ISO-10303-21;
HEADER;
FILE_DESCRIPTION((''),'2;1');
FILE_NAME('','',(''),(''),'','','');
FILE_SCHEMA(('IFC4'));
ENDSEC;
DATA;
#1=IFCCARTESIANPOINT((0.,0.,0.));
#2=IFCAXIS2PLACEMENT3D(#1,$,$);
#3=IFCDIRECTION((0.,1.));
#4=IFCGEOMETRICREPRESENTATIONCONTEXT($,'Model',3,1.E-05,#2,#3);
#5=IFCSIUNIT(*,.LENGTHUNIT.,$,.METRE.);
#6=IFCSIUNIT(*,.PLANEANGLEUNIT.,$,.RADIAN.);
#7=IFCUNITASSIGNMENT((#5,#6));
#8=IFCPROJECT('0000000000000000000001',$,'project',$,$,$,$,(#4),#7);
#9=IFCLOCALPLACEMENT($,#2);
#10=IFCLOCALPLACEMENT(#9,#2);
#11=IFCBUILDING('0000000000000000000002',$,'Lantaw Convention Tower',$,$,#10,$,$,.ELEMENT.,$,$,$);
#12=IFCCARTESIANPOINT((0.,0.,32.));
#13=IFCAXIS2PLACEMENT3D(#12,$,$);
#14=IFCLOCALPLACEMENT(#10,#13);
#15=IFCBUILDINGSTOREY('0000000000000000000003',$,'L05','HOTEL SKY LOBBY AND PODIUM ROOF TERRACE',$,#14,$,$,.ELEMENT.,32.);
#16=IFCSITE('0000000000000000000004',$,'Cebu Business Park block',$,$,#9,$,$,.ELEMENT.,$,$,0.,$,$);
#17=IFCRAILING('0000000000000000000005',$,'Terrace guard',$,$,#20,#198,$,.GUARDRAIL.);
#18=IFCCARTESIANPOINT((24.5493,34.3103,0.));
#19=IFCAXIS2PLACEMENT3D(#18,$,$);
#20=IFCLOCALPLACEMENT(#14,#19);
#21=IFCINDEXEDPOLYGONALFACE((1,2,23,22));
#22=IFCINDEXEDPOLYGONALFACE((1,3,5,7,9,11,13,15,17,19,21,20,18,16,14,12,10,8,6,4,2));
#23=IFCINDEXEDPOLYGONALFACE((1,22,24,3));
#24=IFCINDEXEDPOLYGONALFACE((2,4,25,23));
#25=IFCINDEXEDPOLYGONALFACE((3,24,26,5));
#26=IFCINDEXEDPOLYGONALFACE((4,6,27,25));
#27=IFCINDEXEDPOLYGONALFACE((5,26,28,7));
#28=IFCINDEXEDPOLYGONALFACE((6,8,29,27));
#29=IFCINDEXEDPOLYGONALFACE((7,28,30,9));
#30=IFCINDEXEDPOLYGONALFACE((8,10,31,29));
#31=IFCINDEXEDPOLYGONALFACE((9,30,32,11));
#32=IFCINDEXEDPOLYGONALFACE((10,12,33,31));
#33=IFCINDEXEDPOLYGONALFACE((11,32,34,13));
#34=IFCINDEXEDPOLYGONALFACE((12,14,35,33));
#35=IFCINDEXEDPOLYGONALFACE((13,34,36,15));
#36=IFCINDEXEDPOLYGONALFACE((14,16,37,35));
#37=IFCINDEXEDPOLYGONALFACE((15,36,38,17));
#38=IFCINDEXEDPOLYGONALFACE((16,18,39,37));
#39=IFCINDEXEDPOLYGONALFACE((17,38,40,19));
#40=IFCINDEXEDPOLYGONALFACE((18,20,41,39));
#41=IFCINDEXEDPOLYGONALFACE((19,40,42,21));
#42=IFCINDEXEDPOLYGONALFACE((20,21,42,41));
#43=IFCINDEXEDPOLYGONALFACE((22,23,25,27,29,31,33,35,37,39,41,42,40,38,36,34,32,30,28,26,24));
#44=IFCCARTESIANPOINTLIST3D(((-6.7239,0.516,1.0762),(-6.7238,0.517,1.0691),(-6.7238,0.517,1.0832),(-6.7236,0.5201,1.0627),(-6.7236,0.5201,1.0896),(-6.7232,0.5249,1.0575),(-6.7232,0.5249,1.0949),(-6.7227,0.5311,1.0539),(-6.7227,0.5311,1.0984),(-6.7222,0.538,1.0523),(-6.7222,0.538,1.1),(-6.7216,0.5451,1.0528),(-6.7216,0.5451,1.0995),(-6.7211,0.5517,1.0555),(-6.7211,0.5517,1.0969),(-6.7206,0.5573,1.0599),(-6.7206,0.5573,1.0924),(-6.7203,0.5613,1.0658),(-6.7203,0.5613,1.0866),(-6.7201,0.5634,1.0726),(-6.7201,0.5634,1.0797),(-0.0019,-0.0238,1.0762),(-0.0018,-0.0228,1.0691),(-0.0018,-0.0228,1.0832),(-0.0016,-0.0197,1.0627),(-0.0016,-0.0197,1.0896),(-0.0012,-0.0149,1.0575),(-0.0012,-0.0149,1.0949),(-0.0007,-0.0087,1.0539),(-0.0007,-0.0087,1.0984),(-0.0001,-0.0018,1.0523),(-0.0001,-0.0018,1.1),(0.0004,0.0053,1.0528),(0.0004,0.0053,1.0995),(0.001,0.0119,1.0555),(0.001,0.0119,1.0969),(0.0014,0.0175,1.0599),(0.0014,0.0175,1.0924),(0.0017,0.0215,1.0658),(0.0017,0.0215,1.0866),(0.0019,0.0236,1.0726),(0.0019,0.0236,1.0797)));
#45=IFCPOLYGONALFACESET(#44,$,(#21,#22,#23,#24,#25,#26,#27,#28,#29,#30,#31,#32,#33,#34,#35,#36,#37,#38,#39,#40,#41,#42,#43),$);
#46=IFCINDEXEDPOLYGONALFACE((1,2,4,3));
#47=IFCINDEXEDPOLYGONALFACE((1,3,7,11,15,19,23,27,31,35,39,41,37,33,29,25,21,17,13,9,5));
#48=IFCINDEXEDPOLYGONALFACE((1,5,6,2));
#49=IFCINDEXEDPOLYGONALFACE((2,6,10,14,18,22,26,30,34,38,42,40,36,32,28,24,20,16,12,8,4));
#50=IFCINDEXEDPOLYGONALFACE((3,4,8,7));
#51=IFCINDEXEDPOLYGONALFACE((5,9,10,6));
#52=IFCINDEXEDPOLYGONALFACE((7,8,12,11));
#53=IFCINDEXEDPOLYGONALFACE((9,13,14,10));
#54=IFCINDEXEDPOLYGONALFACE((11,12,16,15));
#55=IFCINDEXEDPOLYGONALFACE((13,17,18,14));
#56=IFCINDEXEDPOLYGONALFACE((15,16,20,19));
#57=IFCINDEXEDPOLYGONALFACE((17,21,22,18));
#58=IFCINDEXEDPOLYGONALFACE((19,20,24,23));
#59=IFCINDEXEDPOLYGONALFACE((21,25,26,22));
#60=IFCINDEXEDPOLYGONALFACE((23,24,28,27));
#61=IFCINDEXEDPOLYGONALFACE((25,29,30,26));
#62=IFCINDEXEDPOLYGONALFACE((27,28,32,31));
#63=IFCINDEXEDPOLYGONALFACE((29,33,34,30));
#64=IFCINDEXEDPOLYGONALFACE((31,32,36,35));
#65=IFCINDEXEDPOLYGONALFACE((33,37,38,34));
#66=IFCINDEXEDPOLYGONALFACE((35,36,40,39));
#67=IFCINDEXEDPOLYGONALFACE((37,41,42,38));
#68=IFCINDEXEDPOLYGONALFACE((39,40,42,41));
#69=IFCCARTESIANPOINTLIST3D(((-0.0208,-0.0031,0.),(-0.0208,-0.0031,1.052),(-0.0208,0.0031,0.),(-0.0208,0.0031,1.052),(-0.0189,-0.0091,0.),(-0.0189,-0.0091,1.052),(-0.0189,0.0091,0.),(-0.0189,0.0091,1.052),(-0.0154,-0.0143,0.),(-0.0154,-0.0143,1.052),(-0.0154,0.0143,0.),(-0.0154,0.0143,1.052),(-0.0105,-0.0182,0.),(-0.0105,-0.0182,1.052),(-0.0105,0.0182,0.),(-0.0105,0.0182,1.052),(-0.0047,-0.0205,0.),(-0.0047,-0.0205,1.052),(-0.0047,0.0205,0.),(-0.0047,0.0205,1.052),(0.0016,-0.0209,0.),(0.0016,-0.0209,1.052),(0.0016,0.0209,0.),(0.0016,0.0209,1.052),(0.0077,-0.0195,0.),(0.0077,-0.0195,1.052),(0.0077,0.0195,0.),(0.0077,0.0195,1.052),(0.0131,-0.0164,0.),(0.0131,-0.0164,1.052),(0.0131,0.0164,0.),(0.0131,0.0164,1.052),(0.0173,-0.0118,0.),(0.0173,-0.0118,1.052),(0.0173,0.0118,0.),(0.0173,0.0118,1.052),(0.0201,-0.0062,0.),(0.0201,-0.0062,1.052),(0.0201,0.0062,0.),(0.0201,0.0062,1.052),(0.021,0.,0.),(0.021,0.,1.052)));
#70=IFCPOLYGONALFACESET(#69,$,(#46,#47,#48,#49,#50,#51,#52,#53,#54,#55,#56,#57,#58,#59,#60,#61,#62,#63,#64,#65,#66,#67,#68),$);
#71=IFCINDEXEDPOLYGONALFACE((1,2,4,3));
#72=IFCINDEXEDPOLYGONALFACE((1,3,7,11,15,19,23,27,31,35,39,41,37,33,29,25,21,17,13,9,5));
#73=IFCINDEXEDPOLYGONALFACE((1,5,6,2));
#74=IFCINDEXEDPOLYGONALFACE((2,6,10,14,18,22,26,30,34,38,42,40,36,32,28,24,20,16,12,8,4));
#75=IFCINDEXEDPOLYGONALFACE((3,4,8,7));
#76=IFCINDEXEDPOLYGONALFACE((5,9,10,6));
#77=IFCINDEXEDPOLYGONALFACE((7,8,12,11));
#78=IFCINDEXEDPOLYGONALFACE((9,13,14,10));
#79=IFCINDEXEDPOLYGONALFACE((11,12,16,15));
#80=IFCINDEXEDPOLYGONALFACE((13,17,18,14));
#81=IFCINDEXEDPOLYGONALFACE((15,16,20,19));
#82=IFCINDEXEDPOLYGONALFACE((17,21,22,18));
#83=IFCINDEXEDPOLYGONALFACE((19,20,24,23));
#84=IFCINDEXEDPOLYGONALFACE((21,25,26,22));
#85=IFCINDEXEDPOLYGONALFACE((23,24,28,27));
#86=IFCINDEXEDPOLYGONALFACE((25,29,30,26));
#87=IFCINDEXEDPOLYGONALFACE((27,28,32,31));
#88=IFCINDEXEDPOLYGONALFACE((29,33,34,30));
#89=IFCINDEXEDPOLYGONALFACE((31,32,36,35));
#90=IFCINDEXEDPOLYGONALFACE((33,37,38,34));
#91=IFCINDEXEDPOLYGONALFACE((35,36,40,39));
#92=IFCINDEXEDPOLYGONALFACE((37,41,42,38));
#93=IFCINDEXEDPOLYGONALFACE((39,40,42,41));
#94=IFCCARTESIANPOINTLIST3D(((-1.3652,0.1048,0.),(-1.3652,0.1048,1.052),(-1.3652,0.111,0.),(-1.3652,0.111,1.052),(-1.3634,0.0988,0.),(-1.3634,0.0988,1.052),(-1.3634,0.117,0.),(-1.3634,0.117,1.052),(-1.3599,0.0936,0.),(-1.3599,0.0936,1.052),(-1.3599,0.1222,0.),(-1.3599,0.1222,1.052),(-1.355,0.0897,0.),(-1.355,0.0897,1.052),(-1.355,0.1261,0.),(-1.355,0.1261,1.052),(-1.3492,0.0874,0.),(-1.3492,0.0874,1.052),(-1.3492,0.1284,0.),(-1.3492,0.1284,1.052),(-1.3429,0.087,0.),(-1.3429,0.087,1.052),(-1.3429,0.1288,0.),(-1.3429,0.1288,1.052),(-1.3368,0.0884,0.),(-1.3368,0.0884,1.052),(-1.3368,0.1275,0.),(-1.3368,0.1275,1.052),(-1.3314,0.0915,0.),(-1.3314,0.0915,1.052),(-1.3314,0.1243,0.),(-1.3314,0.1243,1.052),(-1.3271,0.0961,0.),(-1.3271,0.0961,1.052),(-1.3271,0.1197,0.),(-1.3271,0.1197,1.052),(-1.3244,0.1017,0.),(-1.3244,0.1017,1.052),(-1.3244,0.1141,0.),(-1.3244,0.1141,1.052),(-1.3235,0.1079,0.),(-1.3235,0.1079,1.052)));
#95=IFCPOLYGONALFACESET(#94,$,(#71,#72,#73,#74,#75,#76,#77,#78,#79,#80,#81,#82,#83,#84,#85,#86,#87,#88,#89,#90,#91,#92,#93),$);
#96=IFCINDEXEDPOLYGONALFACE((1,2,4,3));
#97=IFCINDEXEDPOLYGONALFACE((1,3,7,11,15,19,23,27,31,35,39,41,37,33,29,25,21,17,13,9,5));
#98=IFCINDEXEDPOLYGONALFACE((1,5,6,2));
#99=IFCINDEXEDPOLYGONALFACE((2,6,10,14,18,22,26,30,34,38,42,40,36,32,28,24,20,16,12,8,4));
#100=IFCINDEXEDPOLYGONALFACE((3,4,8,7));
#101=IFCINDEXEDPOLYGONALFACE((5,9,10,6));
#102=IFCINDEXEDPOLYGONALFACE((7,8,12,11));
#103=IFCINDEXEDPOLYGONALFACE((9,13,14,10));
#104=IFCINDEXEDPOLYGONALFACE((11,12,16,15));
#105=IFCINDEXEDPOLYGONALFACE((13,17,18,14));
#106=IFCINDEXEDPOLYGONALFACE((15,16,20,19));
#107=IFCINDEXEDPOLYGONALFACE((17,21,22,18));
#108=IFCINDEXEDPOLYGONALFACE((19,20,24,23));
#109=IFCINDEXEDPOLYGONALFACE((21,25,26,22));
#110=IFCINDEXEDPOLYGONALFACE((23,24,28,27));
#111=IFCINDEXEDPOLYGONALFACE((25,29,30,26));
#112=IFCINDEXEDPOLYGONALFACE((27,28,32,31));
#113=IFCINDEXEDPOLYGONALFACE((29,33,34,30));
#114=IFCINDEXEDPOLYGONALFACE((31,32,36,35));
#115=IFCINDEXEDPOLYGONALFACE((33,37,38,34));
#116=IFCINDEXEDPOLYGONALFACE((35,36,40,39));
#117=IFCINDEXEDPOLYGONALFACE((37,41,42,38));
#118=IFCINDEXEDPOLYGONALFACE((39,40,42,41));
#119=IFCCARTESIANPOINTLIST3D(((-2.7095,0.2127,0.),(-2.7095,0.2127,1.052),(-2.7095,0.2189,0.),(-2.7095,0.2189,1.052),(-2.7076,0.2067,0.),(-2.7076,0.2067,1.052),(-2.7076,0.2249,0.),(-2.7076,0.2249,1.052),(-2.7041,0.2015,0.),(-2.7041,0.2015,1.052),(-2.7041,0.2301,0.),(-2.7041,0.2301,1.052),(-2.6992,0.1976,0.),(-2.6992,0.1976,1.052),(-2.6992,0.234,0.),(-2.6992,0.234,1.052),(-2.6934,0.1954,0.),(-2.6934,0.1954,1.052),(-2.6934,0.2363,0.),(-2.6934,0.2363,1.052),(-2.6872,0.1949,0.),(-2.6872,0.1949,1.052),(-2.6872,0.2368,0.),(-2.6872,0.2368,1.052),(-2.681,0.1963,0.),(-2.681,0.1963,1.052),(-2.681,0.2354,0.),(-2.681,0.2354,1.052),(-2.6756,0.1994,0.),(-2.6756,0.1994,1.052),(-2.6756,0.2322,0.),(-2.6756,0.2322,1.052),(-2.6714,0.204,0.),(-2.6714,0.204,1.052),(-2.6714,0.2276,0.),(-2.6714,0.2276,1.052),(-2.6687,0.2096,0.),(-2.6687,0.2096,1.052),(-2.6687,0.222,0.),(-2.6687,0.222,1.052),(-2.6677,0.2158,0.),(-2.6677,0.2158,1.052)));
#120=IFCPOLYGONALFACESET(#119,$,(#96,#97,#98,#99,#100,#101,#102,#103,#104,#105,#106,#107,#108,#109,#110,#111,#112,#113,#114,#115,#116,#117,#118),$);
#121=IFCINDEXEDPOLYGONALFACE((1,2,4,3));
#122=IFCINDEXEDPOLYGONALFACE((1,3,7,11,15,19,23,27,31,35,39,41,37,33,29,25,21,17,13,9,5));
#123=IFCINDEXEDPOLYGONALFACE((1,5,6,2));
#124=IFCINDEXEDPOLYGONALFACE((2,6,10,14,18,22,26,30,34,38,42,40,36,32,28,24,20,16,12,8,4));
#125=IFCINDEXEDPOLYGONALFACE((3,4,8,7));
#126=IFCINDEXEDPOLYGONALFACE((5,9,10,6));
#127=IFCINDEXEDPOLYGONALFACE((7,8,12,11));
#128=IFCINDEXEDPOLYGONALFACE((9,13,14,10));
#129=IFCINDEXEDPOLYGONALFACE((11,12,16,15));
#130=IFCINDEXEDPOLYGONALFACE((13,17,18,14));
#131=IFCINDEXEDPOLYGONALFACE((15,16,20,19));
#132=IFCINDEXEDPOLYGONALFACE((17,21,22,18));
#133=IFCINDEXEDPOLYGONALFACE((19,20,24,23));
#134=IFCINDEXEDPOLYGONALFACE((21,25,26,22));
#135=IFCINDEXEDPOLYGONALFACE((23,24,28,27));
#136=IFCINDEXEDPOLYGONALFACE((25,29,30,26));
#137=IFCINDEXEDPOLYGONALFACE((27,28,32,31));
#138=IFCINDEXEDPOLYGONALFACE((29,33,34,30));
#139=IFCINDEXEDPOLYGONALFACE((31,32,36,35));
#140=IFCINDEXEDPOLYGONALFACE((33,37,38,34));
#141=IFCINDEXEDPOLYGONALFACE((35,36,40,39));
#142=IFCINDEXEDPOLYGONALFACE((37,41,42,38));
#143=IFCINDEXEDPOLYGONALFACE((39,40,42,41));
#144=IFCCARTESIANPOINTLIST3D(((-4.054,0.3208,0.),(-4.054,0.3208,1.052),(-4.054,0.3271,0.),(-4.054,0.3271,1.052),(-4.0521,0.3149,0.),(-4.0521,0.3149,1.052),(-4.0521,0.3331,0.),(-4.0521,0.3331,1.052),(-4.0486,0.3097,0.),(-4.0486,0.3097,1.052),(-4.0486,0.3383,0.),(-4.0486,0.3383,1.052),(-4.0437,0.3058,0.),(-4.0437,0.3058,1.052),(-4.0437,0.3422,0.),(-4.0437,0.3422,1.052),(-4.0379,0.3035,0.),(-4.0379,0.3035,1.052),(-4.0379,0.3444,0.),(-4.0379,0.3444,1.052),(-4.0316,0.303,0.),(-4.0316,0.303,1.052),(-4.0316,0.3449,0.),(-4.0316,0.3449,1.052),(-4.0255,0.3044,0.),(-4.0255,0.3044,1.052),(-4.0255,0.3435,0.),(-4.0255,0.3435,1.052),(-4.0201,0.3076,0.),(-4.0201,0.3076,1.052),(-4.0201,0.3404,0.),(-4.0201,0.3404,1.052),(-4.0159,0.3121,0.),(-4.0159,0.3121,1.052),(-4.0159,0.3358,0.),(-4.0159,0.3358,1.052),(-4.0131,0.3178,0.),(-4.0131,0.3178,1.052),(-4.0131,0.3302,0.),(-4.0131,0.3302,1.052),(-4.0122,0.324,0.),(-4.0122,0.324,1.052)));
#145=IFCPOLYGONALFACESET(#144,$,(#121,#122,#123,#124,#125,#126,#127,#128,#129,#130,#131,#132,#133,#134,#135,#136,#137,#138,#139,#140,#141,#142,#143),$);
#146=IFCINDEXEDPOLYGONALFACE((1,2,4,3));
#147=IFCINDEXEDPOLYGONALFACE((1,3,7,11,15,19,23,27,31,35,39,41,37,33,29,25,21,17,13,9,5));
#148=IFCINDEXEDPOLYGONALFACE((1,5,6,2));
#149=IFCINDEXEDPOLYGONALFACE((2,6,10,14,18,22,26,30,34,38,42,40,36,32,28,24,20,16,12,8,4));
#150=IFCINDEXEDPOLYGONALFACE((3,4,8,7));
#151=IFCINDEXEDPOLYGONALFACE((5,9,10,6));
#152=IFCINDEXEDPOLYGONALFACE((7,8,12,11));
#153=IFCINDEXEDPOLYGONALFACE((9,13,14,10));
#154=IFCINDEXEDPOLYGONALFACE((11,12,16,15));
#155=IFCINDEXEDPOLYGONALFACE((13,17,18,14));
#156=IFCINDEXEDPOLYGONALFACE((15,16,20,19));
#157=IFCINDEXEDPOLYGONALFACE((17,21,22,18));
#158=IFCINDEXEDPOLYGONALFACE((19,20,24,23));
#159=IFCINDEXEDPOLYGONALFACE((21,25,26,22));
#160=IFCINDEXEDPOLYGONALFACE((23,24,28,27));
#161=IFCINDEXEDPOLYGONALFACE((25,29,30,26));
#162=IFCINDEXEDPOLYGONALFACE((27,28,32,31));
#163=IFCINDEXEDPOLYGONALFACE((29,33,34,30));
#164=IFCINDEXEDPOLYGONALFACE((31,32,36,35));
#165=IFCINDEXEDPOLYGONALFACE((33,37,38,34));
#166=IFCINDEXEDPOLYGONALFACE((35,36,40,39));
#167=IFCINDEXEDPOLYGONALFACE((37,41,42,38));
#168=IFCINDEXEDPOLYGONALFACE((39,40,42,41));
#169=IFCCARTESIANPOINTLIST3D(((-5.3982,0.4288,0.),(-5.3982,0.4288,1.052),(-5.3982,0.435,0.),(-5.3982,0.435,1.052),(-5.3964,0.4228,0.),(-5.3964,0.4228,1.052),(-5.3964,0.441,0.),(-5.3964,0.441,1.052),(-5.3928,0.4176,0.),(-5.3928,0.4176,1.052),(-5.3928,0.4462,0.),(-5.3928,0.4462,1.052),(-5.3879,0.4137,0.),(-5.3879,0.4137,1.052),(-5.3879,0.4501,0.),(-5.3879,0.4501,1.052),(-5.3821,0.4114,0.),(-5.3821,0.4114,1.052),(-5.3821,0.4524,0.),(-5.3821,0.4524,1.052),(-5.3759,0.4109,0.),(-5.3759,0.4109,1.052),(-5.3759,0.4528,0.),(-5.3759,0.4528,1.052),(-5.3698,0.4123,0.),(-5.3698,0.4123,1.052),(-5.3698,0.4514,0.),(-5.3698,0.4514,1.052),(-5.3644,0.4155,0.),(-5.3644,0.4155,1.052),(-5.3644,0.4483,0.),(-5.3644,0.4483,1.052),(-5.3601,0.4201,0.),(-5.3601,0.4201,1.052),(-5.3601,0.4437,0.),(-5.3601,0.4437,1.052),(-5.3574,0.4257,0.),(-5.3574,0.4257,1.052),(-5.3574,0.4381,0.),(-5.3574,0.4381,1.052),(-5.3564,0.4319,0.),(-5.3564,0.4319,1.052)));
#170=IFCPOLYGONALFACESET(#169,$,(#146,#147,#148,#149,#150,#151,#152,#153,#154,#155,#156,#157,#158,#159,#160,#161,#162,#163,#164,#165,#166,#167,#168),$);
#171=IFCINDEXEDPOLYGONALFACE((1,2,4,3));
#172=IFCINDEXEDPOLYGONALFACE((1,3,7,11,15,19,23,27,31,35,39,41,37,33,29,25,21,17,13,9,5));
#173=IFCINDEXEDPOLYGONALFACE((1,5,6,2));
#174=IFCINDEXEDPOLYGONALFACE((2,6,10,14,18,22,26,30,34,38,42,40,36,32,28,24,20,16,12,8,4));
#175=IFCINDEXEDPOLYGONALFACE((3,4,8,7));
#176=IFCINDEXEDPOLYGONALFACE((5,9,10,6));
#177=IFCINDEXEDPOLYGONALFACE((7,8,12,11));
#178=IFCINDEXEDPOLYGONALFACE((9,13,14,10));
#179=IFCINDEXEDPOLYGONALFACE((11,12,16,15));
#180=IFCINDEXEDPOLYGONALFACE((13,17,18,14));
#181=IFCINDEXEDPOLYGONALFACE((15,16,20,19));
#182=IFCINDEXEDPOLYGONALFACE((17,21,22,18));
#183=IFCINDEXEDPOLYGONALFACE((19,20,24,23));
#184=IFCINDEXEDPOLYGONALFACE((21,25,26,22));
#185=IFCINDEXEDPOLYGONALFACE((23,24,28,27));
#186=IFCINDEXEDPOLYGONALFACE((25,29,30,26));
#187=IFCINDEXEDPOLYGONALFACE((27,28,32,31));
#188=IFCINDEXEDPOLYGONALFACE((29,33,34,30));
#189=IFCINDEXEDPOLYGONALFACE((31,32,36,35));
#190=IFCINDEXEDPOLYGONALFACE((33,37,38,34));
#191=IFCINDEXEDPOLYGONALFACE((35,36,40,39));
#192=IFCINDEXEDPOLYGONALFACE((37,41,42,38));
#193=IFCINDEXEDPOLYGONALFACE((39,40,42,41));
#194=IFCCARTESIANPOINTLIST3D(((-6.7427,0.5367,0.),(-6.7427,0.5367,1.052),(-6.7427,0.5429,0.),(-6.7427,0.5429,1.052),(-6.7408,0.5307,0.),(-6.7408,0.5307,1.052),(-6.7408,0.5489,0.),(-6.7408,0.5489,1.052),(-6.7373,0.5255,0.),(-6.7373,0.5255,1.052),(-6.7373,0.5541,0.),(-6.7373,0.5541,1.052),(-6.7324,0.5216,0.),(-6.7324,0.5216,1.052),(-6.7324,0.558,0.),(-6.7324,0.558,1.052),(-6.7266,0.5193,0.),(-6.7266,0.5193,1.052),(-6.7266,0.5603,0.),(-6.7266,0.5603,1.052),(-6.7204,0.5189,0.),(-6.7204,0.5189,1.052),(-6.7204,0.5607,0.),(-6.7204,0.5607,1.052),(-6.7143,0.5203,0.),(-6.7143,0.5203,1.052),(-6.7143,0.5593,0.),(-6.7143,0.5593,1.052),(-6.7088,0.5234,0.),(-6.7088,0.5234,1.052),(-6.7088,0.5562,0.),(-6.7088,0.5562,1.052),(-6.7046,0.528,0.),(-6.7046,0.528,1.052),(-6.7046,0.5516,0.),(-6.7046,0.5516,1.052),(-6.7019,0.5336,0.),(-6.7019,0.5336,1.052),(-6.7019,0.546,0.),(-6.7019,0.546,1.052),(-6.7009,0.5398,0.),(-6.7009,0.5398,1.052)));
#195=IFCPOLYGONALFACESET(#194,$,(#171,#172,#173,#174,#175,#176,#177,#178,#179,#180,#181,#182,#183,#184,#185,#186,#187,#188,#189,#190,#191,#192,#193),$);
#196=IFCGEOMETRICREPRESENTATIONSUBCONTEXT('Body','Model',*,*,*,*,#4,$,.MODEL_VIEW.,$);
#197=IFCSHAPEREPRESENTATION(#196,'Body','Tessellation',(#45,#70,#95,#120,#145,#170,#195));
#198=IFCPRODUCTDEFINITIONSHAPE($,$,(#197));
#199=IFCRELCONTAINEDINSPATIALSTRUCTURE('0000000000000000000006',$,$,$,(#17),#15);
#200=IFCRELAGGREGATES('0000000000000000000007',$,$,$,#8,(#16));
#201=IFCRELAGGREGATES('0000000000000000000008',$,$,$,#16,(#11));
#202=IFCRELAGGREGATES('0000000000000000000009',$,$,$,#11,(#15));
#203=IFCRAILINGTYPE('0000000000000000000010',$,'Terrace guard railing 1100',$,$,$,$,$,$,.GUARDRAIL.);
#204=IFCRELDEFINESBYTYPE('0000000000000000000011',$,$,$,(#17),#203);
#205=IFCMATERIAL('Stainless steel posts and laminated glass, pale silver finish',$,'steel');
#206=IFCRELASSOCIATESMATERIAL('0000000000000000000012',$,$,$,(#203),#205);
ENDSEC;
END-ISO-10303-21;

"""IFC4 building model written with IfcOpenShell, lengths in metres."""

from ifc_helpers import new_model, si_unit, direction, frame, origin, origin_2d, place, context, subcontext, project, spatial, circle, extrude, material, type_object, element, save


model = new_model("IFC4")

# Units and contexts
model_context = context("Model", 3, precision=1e-05, world=origin(), true_north=direction((0.0, 1.0)))
body_context = subcontext(model_context, "Body", "Model", "MODEL_VIEW")
ifc_project = project(units=[si_unit("LENGTHUNIT", "METRE"), si_unit("PLANEANGLEUNIT", "RADIAN")], contexts=[model_context])

# Site, building, storey
site_placement = place(None, origin())
site = spatial("IfcSite", under=ifc_project, at=site_placement, Name="Cebu Business Park block", CompositionType="ELEMENT", RefElevation=0.0)
building_placement = place(site_placement, origin())
building = spatial("IfcBuilding", under=site, at=building_placement, Name="Lantaw Convention Tower", CompositionType="ELEMENT")
storey_placement = place(building_placement, frame((0.0, 0.0, 32.0)))
storey = spatial("IfcBuildingStorey", under=building, at=storey_placement, Name="L05", Description="HOTEL SKY LOBBY AND PODIUM ROOF TERRACE", CompositionType="ELEMENT", Elevation=32.0)

# Railing
ifc_material_1 = material(Name="Stainless steel posts and laminated glass, pale silver finish", Category="steel")
railing_type_1 = type_object("IfcRailingType", Name="Terrace guard railing 1100", PredefinedType="GUARDRAIL", material=ifc_material_1)
railing_1_placement = place(storey_placement, frame((24.5493, 34.3103, 0.0)))
element("IfcRailing", 1, at=railing_1_placement, inside=storey, type_object=railing_type_1, Name="Terrace guard", PredefinedType="GUARDRAIL", context=body_context, shape_type="SweptSolid", body=[
    extrude(circle(Radius=0.0239, at=origin_2d()), frame((0.0, 0.0, 1.0762), z_axis=(-0.996791, 0.080046, 0.0), x_axis=(-0.080046, -0.996791, 0.0)), (0.0, 0.0, 1.0), 6.7437),
    extrude(circle(Radius=0.021, at=origin_2d()), origin(), (0.0, 0.0, 1.0), 1.052),
    extrude(circle(Radius=0.021, at=origin_2d()), frame((-1.3445, 0.1079, 0.0)), (0.0, 0.0, 1.0), 1.052),
    extrude(circle(Radius=0.021, at=origin_2d()), frame((-2.6887, 0.2158, 0.0)), (0.0, 0.0, 1.0), 1.052),
    extrude(circle(Radius=0.021, at=origin_2d()), frame((-4.0332, 0.324, 0.0)), (0.0, 0.0, 1.0), 1.052),
    extrude(circle(Radius=0.021, at=origin_2d()), frame((-5.3774, 0.4319, 0.0)), (0.0, 0.0, 1.0), 1.052),
    extrude(circle(Radius=0.021, at=origin_2d()), frame((-6.7219, 0.5398, 0.0)), (0.0, 0.0, 1.0), 1.052),
])

save(model, "model.ifc")
